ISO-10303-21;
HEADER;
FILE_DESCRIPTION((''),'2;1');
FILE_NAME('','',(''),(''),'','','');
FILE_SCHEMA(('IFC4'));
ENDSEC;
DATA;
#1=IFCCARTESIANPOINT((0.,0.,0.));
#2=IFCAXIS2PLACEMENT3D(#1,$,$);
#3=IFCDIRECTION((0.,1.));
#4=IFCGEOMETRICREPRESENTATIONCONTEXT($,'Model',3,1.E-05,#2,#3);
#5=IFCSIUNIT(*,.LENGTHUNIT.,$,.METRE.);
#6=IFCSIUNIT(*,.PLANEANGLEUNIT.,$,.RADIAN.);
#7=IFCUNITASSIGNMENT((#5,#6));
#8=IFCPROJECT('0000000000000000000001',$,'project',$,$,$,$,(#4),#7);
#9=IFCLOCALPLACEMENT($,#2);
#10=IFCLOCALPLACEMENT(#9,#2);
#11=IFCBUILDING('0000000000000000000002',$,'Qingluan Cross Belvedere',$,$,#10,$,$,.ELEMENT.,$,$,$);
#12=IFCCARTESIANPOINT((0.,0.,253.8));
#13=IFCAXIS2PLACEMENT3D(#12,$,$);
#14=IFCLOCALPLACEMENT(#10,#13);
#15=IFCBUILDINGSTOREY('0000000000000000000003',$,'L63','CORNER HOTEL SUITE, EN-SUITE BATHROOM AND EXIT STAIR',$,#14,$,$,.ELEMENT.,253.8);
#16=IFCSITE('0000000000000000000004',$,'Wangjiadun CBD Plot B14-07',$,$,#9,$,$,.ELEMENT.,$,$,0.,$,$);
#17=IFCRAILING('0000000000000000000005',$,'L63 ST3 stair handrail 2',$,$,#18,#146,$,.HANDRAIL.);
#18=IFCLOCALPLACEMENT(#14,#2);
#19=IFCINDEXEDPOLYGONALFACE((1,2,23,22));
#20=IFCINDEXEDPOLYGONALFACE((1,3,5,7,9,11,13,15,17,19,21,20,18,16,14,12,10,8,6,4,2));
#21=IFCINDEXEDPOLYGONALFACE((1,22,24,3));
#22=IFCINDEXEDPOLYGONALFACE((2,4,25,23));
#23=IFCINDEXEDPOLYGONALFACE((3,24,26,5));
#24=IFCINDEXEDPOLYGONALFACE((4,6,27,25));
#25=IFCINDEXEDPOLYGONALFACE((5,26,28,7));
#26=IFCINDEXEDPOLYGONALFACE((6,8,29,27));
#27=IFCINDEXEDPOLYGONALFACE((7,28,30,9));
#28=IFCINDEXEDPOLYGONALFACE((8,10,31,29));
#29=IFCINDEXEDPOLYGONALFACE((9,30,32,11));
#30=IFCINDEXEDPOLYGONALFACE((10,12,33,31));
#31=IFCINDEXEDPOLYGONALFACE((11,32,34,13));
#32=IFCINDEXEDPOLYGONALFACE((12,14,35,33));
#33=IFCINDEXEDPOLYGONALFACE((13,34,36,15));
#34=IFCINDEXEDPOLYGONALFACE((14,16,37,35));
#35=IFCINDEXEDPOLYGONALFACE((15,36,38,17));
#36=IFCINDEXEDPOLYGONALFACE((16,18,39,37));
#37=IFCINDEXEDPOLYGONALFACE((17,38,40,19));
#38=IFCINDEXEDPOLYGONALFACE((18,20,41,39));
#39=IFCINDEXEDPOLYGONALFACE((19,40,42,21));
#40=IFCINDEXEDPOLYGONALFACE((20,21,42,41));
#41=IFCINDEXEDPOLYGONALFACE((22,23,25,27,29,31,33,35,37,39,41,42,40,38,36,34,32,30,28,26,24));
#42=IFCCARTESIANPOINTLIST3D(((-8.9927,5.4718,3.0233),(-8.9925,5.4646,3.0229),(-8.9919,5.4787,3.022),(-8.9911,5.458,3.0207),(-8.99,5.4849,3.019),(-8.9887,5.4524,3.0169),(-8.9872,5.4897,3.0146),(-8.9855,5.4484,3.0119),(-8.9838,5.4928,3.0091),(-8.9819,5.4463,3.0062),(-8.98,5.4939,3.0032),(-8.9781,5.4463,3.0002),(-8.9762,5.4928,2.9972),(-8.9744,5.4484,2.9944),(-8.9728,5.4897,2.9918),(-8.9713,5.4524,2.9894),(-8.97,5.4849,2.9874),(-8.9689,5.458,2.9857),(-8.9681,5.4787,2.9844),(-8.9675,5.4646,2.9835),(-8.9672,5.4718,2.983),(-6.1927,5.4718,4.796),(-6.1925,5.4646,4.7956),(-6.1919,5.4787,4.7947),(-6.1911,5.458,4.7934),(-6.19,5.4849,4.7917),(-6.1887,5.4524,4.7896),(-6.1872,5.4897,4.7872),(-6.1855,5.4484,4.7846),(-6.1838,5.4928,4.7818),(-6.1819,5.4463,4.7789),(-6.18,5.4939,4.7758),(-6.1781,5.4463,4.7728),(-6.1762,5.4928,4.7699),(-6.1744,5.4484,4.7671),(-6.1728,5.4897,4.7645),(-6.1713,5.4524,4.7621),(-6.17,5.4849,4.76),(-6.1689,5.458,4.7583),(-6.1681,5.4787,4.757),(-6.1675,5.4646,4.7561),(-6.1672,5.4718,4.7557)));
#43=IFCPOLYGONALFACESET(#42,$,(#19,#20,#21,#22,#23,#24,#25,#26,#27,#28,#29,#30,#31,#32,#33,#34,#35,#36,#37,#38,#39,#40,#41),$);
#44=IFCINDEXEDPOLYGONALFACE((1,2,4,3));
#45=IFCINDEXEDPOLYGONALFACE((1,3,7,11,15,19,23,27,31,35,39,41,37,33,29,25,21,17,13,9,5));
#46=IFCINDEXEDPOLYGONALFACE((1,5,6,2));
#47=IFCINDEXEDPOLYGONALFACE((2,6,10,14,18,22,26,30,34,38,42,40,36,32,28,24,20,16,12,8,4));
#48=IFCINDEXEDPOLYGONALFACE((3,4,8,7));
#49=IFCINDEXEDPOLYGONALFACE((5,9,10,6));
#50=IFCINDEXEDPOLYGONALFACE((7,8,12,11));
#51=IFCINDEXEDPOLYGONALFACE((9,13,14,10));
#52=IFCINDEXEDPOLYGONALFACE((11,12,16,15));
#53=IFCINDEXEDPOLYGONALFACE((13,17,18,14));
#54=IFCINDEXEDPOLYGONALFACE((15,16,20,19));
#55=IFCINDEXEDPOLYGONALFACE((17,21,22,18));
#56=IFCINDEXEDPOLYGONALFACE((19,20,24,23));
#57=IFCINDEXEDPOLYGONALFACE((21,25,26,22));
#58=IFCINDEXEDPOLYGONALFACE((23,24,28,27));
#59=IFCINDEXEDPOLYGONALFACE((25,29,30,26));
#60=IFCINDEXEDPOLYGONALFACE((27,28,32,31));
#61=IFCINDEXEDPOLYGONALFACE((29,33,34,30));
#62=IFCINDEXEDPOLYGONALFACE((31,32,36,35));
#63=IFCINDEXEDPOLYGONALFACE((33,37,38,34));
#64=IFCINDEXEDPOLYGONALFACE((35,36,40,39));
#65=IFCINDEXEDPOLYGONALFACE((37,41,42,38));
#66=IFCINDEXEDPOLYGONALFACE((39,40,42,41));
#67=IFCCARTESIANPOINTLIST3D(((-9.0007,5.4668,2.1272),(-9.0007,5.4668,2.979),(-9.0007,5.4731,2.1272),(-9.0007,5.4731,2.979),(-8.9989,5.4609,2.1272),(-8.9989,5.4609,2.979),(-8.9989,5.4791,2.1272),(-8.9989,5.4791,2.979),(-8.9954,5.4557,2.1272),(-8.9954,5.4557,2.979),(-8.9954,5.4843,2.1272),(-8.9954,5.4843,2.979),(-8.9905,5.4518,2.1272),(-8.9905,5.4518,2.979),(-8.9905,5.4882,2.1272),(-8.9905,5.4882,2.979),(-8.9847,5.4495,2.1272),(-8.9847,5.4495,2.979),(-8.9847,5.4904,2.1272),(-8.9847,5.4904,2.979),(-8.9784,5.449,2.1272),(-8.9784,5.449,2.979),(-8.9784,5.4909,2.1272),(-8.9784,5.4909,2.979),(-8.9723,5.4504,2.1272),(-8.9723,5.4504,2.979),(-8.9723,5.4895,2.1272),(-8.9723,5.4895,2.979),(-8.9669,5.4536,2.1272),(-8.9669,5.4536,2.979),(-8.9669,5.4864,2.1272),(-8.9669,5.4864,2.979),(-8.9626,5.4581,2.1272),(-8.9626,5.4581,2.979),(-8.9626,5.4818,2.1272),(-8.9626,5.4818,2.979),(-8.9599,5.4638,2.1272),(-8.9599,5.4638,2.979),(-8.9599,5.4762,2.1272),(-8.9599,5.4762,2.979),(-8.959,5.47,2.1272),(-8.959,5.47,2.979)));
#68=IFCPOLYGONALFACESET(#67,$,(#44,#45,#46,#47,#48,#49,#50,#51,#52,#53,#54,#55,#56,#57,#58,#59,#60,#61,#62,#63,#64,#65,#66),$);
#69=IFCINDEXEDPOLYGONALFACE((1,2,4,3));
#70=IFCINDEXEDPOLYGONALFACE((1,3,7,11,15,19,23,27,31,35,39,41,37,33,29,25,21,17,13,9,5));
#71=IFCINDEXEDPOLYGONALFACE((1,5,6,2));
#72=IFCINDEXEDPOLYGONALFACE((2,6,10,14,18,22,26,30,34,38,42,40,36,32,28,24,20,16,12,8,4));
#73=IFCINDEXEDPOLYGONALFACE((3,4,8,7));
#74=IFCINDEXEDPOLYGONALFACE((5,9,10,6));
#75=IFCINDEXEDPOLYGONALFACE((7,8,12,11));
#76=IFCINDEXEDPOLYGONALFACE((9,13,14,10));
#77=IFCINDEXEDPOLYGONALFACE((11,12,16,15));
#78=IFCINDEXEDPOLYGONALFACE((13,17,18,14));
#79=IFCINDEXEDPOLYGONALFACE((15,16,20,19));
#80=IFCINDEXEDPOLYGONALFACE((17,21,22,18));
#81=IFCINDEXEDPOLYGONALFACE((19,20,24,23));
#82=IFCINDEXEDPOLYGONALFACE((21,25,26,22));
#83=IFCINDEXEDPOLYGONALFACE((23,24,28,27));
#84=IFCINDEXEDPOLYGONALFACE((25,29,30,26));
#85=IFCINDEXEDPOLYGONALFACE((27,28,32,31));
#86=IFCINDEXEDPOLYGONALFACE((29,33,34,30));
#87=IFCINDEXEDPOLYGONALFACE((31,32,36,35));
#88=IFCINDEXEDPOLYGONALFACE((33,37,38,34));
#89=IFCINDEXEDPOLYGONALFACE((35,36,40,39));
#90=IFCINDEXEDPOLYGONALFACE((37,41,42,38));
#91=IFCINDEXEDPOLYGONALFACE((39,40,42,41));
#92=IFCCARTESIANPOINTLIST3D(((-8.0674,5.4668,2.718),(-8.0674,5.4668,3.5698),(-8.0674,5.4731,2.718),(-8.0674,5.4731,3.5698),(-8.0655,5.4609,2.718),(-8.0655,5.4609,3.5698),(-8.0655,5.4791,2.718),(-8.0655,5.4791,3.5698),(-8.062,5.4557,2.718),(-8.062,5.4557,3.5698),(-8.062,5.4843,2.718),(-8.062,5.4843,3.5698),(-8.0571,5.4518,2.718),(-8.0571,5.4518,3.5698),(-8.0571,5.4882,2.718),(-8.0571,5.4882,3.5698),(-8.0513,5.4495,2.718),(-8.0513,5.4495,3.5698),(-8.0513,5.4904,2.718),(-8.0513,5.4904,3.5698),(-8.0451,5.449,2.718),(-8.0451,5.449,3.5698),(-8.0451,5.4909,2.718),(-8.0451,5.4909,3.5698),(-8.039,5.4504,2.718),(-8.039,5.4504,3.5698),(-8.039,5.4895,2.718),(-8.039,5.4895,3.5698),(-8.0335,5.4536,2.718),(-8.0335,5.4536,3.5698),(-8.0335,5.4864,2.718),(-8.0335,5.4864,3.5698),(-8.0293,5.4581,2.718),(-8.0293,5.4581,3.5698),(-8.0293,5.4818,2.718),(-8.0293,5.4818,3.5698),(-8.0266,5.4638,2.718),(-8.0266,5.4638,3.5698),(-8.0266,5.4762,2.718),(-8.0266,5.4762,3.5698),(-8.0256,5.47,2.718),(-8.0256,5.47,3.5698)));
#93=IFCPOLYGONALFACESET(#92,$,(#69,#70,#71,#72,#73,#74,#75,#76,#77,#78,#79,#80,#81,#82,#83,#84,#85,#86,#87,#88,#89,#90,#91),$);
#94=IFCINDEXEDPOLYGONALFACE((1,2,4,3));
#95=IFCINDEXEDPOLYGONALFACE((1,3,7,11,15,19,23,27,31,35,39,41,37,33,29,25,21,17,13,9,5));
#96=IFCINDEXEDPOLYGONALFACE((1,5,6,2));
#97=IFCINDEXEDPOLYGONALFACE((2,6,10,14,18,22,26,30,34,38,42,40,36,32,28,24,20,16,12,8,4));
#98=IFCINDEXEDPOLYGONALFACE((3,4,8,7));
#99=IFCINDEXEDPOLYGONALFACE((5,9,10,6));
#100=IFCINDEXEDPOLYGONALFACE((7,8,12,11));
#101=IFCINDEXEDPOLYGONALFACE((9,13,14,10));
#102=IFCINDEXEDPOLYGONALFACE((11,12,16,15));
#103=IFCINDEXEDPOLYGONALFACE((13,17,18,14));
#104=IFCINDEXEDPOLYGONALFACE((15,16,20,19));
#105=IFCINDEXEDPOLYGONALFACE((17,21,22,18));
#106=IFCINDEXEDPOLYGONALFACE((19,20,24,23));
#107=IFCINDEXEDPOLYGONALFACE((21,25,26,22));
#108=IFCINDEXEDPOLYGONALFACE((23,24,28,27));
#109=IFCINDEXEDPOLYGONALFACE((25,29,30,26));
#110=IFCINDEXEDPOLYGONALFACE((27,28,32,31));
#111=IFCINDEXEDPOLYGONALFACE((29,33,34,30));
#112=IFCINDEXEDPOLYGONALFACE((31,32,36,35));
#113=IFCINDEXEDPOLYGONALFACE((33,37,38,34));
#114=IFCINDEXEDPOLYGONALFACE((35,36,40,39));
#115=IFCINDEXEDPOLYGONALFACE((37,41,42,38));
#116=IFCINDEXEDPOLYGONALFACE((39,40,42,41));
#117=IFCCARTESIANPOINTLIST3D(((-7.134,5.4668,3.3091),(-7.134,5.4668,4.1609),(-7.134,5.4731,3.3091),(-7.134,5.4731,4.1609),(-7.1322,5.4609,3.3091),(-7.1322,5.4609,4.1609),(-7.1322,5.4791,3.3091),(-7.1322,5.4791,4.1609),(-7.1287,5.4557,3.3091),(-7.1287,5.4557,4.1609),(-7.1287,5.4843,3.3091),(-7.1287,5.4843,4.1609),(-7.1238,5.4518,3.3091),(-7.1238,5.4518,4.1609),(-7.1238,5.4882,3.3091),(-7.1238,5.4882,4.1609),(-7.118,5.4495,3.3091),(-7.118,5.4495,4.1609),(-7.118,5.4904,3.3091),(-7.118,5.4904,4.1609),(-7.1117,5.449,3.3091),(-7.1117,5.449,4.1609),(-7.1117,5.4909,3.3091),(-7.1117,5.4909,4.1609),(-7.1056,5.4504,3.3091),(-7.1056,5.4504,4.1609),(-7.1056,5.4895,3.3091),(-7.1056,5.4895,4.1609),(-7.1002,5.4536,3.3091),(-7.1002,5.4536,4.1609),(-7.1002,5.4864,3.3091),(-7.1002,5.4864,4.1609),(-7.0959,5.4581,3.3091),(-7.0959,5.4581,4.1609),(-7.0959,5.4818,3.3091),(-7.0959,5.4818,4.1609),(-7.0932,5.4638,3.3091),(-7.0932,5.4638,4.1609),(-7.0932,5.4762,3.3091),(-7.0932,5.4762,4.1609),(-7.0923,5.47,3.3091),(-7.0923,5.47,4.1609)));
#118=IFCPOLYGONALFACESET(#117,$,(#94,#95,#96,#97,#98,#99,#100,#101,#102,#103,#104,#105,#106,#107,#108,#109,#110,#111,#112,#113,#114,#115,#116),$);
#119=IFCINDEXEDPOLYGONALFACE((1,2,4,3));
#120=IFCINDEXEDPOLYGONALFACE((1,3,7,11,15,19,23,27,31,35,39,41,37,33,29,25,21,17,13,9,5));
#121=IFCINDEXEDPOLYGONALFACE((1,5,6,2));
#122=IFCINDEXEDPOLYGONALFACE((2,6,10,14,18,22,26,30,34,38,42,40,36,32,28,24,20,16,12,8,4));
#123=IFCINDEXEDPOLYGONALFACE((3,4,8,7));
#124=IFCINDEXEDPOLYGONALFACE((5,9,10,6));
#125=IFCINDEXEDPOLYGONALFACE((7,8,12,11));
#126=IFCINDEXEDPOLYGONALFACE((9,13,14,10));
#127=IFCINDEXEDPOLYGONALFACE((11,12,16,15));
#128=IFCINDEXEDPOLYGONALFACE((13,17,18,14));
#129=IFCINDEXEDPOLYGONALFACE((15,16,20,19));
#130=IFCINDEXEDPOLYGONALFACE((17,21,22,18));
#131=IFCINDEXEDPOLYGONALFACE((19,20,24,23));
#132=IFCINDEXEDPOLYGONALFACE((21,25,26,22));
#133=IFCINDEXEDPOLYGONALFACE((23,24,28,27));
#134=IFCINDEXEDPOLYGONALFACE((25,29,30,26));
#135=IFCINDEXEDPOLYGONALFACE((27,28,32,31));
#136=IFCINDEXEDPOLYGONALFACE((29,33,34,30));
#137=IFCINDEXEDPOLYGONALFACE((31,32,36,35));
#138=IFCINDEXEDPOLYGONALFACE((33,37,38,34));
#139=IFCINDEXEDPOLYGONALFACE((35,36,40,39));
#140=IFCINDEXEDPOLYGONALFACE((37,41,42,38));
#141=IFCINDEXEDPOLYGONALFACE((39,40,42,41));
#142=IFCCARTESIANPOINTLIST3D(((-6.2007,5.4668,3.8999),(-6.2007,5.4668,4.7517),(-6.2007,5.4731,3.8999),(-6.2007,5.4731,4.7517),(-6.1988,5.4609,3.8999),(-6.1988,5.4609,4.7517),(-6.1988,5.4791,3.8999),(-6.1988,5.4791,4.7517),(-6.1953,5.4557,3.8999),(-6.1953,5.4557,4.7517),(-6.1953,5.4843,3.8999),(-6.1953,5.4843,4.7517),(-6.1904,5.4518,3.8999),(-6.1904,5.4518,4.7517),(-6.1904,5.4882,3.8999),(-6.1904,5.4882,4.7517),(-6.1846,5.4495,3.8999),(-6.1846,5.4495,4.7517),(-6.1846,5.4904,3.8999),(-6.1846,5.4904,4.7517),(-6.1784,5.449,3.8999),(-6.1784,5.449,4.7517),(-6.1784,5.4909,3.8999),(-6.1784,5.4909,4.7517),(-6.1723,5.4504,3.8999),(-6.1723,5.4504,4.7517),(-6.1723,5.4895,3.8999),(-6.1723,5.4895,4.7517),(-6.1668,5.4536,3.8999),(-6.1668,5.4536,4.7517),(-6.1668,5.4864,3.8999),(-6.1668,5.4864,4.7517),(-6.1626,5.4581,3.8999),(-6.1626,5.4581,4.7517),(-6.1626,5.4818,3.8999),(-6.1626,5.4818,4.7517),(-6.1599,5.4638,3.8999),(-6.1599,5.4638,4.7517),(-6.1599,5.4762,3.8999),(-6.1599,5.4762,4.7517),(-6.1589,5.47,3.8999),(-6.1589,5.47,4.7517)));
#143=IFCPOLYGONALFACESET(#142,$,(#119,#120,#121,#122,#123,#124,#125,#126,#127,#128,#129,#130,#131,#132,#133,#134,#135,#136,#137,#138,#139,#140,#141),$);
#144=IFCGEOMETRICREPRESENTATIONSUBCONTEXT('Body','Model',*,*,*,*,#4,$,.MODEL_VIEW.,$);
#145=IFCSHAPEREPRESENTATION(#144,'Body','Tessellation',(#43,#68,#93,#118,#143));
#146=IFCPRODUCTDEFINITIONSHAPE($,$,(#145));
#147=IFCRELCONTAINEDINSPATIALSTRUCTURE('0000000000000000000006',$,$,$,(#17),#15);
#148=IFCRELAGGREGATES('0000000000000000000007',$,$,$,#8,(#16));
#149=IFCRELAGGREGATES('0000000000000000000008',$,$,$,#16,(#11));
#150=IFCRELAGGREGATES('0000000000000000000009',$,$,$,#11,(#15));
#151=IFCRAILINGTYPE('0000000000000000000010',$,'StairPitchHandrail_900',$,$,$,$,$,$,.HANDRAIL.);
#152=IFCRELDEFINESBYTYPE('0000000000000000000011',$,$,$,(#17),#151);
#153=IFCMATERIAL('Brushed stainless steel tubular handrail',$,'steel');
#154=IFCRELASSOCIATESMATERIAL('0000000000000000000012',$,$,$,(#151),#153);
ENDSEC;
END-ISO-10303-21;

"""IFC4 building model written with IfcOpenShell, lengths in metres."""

from ifc_helpers import new_model, si_unit, direction, frame, origin, origin_2d, place, context, subcontext, project, spatial, circle, extrude, material, type_object, element, save


model = new_model("IFC4")

# Units and contexts
model_context = context("Model", 3, precision=1e-05, world=origin(), true_north=direction((0.0, 1.0)))
body_context = subcontext(model_context, "Body", "Model", "MODEL_VIEW")
ifc_project = project(units=[si_unit("LENGTHUNIT", "METRE"), si_unit("PLANEANGLEUNIT", "RADIAN")], contexts=[model_context])

# Site, building, storey
site_placement = place(None, origin())
site = spatial("IfcSite", under=ifc_project, at=site_placement, Name="Wangjiadun CBD Plot B14-07", CompositionType="ELEMENT", RefElevation=0.0)
building_placement = place(site_placement, origin())
building = spatial("IfcBuilding", under=site, at=building_placement, Name="Qingluan Cross Belvedere", CompositionType="ELEMENT")
storey_placement = place(building_placement, frame((0.0, 0.0, 253.8)))
storey = spatial("IfcBuildingStorey", under=building, at=storey_placement, Name="L63", Description="CORNER HOTEL SUITE, EN-SUITE BATHROOM AND EXIT STAIR", CompositionType="ELEMENT", Elevation=253.8)

# Railing
ifc_material_1 = material(Name="Brushed stainless steel tubular handrail", Category="steel")
railing_type_1 = type_object("IfcRailingType", Name="StairPitchHandrail_900", PredefinedType="HANDRAIL", material=ifc_material_1)
railing_1_placement = place(storey_placement, frame((-8.98, 5.47, 2.1272)))
element("IfcRailing", 1, at=railing_1_placement, inside=storey, type_object=railing_type_1, Name="L63 ST3 stair handrail 2", PredefinedType="HANDRAIL", context=body_context, shape_type="SweptSolid", body=[
    extrude(circle(Radius=0.0239, at=origin_2d()), frame((0.0, 0.0, 0.876), z_axis=(0.844909, 0.0, 0.53491), x_axis=(0.0, 1.0, 0.0)), (0.0, 0.0, 1.0), 3.314),
    extrude(circle(Radius=0.021, at=origin_2d()), origin(), (0.0, 0.0, 1.0), 0.8518),
    extrude(circle(Radius=0.021, at=origin_2d()), frame((0.9333, 0.0, 0.5908)), (0.0, 0.0, 1.0), 0.8518),
    extrude(circle(Radius=0.021, at=origin_2d()), frame((1.8667, 0.0, 1.1819)), (0.0, 0.0, 1.0), 0.8518),
    extrude(circle(Radius=0.021, at=origin_2d()), frame((2.8, 0.0, 1.7727)), (0.0, 0.0, 1.0), 0.8518),
])

save(model, "model.ifc")
